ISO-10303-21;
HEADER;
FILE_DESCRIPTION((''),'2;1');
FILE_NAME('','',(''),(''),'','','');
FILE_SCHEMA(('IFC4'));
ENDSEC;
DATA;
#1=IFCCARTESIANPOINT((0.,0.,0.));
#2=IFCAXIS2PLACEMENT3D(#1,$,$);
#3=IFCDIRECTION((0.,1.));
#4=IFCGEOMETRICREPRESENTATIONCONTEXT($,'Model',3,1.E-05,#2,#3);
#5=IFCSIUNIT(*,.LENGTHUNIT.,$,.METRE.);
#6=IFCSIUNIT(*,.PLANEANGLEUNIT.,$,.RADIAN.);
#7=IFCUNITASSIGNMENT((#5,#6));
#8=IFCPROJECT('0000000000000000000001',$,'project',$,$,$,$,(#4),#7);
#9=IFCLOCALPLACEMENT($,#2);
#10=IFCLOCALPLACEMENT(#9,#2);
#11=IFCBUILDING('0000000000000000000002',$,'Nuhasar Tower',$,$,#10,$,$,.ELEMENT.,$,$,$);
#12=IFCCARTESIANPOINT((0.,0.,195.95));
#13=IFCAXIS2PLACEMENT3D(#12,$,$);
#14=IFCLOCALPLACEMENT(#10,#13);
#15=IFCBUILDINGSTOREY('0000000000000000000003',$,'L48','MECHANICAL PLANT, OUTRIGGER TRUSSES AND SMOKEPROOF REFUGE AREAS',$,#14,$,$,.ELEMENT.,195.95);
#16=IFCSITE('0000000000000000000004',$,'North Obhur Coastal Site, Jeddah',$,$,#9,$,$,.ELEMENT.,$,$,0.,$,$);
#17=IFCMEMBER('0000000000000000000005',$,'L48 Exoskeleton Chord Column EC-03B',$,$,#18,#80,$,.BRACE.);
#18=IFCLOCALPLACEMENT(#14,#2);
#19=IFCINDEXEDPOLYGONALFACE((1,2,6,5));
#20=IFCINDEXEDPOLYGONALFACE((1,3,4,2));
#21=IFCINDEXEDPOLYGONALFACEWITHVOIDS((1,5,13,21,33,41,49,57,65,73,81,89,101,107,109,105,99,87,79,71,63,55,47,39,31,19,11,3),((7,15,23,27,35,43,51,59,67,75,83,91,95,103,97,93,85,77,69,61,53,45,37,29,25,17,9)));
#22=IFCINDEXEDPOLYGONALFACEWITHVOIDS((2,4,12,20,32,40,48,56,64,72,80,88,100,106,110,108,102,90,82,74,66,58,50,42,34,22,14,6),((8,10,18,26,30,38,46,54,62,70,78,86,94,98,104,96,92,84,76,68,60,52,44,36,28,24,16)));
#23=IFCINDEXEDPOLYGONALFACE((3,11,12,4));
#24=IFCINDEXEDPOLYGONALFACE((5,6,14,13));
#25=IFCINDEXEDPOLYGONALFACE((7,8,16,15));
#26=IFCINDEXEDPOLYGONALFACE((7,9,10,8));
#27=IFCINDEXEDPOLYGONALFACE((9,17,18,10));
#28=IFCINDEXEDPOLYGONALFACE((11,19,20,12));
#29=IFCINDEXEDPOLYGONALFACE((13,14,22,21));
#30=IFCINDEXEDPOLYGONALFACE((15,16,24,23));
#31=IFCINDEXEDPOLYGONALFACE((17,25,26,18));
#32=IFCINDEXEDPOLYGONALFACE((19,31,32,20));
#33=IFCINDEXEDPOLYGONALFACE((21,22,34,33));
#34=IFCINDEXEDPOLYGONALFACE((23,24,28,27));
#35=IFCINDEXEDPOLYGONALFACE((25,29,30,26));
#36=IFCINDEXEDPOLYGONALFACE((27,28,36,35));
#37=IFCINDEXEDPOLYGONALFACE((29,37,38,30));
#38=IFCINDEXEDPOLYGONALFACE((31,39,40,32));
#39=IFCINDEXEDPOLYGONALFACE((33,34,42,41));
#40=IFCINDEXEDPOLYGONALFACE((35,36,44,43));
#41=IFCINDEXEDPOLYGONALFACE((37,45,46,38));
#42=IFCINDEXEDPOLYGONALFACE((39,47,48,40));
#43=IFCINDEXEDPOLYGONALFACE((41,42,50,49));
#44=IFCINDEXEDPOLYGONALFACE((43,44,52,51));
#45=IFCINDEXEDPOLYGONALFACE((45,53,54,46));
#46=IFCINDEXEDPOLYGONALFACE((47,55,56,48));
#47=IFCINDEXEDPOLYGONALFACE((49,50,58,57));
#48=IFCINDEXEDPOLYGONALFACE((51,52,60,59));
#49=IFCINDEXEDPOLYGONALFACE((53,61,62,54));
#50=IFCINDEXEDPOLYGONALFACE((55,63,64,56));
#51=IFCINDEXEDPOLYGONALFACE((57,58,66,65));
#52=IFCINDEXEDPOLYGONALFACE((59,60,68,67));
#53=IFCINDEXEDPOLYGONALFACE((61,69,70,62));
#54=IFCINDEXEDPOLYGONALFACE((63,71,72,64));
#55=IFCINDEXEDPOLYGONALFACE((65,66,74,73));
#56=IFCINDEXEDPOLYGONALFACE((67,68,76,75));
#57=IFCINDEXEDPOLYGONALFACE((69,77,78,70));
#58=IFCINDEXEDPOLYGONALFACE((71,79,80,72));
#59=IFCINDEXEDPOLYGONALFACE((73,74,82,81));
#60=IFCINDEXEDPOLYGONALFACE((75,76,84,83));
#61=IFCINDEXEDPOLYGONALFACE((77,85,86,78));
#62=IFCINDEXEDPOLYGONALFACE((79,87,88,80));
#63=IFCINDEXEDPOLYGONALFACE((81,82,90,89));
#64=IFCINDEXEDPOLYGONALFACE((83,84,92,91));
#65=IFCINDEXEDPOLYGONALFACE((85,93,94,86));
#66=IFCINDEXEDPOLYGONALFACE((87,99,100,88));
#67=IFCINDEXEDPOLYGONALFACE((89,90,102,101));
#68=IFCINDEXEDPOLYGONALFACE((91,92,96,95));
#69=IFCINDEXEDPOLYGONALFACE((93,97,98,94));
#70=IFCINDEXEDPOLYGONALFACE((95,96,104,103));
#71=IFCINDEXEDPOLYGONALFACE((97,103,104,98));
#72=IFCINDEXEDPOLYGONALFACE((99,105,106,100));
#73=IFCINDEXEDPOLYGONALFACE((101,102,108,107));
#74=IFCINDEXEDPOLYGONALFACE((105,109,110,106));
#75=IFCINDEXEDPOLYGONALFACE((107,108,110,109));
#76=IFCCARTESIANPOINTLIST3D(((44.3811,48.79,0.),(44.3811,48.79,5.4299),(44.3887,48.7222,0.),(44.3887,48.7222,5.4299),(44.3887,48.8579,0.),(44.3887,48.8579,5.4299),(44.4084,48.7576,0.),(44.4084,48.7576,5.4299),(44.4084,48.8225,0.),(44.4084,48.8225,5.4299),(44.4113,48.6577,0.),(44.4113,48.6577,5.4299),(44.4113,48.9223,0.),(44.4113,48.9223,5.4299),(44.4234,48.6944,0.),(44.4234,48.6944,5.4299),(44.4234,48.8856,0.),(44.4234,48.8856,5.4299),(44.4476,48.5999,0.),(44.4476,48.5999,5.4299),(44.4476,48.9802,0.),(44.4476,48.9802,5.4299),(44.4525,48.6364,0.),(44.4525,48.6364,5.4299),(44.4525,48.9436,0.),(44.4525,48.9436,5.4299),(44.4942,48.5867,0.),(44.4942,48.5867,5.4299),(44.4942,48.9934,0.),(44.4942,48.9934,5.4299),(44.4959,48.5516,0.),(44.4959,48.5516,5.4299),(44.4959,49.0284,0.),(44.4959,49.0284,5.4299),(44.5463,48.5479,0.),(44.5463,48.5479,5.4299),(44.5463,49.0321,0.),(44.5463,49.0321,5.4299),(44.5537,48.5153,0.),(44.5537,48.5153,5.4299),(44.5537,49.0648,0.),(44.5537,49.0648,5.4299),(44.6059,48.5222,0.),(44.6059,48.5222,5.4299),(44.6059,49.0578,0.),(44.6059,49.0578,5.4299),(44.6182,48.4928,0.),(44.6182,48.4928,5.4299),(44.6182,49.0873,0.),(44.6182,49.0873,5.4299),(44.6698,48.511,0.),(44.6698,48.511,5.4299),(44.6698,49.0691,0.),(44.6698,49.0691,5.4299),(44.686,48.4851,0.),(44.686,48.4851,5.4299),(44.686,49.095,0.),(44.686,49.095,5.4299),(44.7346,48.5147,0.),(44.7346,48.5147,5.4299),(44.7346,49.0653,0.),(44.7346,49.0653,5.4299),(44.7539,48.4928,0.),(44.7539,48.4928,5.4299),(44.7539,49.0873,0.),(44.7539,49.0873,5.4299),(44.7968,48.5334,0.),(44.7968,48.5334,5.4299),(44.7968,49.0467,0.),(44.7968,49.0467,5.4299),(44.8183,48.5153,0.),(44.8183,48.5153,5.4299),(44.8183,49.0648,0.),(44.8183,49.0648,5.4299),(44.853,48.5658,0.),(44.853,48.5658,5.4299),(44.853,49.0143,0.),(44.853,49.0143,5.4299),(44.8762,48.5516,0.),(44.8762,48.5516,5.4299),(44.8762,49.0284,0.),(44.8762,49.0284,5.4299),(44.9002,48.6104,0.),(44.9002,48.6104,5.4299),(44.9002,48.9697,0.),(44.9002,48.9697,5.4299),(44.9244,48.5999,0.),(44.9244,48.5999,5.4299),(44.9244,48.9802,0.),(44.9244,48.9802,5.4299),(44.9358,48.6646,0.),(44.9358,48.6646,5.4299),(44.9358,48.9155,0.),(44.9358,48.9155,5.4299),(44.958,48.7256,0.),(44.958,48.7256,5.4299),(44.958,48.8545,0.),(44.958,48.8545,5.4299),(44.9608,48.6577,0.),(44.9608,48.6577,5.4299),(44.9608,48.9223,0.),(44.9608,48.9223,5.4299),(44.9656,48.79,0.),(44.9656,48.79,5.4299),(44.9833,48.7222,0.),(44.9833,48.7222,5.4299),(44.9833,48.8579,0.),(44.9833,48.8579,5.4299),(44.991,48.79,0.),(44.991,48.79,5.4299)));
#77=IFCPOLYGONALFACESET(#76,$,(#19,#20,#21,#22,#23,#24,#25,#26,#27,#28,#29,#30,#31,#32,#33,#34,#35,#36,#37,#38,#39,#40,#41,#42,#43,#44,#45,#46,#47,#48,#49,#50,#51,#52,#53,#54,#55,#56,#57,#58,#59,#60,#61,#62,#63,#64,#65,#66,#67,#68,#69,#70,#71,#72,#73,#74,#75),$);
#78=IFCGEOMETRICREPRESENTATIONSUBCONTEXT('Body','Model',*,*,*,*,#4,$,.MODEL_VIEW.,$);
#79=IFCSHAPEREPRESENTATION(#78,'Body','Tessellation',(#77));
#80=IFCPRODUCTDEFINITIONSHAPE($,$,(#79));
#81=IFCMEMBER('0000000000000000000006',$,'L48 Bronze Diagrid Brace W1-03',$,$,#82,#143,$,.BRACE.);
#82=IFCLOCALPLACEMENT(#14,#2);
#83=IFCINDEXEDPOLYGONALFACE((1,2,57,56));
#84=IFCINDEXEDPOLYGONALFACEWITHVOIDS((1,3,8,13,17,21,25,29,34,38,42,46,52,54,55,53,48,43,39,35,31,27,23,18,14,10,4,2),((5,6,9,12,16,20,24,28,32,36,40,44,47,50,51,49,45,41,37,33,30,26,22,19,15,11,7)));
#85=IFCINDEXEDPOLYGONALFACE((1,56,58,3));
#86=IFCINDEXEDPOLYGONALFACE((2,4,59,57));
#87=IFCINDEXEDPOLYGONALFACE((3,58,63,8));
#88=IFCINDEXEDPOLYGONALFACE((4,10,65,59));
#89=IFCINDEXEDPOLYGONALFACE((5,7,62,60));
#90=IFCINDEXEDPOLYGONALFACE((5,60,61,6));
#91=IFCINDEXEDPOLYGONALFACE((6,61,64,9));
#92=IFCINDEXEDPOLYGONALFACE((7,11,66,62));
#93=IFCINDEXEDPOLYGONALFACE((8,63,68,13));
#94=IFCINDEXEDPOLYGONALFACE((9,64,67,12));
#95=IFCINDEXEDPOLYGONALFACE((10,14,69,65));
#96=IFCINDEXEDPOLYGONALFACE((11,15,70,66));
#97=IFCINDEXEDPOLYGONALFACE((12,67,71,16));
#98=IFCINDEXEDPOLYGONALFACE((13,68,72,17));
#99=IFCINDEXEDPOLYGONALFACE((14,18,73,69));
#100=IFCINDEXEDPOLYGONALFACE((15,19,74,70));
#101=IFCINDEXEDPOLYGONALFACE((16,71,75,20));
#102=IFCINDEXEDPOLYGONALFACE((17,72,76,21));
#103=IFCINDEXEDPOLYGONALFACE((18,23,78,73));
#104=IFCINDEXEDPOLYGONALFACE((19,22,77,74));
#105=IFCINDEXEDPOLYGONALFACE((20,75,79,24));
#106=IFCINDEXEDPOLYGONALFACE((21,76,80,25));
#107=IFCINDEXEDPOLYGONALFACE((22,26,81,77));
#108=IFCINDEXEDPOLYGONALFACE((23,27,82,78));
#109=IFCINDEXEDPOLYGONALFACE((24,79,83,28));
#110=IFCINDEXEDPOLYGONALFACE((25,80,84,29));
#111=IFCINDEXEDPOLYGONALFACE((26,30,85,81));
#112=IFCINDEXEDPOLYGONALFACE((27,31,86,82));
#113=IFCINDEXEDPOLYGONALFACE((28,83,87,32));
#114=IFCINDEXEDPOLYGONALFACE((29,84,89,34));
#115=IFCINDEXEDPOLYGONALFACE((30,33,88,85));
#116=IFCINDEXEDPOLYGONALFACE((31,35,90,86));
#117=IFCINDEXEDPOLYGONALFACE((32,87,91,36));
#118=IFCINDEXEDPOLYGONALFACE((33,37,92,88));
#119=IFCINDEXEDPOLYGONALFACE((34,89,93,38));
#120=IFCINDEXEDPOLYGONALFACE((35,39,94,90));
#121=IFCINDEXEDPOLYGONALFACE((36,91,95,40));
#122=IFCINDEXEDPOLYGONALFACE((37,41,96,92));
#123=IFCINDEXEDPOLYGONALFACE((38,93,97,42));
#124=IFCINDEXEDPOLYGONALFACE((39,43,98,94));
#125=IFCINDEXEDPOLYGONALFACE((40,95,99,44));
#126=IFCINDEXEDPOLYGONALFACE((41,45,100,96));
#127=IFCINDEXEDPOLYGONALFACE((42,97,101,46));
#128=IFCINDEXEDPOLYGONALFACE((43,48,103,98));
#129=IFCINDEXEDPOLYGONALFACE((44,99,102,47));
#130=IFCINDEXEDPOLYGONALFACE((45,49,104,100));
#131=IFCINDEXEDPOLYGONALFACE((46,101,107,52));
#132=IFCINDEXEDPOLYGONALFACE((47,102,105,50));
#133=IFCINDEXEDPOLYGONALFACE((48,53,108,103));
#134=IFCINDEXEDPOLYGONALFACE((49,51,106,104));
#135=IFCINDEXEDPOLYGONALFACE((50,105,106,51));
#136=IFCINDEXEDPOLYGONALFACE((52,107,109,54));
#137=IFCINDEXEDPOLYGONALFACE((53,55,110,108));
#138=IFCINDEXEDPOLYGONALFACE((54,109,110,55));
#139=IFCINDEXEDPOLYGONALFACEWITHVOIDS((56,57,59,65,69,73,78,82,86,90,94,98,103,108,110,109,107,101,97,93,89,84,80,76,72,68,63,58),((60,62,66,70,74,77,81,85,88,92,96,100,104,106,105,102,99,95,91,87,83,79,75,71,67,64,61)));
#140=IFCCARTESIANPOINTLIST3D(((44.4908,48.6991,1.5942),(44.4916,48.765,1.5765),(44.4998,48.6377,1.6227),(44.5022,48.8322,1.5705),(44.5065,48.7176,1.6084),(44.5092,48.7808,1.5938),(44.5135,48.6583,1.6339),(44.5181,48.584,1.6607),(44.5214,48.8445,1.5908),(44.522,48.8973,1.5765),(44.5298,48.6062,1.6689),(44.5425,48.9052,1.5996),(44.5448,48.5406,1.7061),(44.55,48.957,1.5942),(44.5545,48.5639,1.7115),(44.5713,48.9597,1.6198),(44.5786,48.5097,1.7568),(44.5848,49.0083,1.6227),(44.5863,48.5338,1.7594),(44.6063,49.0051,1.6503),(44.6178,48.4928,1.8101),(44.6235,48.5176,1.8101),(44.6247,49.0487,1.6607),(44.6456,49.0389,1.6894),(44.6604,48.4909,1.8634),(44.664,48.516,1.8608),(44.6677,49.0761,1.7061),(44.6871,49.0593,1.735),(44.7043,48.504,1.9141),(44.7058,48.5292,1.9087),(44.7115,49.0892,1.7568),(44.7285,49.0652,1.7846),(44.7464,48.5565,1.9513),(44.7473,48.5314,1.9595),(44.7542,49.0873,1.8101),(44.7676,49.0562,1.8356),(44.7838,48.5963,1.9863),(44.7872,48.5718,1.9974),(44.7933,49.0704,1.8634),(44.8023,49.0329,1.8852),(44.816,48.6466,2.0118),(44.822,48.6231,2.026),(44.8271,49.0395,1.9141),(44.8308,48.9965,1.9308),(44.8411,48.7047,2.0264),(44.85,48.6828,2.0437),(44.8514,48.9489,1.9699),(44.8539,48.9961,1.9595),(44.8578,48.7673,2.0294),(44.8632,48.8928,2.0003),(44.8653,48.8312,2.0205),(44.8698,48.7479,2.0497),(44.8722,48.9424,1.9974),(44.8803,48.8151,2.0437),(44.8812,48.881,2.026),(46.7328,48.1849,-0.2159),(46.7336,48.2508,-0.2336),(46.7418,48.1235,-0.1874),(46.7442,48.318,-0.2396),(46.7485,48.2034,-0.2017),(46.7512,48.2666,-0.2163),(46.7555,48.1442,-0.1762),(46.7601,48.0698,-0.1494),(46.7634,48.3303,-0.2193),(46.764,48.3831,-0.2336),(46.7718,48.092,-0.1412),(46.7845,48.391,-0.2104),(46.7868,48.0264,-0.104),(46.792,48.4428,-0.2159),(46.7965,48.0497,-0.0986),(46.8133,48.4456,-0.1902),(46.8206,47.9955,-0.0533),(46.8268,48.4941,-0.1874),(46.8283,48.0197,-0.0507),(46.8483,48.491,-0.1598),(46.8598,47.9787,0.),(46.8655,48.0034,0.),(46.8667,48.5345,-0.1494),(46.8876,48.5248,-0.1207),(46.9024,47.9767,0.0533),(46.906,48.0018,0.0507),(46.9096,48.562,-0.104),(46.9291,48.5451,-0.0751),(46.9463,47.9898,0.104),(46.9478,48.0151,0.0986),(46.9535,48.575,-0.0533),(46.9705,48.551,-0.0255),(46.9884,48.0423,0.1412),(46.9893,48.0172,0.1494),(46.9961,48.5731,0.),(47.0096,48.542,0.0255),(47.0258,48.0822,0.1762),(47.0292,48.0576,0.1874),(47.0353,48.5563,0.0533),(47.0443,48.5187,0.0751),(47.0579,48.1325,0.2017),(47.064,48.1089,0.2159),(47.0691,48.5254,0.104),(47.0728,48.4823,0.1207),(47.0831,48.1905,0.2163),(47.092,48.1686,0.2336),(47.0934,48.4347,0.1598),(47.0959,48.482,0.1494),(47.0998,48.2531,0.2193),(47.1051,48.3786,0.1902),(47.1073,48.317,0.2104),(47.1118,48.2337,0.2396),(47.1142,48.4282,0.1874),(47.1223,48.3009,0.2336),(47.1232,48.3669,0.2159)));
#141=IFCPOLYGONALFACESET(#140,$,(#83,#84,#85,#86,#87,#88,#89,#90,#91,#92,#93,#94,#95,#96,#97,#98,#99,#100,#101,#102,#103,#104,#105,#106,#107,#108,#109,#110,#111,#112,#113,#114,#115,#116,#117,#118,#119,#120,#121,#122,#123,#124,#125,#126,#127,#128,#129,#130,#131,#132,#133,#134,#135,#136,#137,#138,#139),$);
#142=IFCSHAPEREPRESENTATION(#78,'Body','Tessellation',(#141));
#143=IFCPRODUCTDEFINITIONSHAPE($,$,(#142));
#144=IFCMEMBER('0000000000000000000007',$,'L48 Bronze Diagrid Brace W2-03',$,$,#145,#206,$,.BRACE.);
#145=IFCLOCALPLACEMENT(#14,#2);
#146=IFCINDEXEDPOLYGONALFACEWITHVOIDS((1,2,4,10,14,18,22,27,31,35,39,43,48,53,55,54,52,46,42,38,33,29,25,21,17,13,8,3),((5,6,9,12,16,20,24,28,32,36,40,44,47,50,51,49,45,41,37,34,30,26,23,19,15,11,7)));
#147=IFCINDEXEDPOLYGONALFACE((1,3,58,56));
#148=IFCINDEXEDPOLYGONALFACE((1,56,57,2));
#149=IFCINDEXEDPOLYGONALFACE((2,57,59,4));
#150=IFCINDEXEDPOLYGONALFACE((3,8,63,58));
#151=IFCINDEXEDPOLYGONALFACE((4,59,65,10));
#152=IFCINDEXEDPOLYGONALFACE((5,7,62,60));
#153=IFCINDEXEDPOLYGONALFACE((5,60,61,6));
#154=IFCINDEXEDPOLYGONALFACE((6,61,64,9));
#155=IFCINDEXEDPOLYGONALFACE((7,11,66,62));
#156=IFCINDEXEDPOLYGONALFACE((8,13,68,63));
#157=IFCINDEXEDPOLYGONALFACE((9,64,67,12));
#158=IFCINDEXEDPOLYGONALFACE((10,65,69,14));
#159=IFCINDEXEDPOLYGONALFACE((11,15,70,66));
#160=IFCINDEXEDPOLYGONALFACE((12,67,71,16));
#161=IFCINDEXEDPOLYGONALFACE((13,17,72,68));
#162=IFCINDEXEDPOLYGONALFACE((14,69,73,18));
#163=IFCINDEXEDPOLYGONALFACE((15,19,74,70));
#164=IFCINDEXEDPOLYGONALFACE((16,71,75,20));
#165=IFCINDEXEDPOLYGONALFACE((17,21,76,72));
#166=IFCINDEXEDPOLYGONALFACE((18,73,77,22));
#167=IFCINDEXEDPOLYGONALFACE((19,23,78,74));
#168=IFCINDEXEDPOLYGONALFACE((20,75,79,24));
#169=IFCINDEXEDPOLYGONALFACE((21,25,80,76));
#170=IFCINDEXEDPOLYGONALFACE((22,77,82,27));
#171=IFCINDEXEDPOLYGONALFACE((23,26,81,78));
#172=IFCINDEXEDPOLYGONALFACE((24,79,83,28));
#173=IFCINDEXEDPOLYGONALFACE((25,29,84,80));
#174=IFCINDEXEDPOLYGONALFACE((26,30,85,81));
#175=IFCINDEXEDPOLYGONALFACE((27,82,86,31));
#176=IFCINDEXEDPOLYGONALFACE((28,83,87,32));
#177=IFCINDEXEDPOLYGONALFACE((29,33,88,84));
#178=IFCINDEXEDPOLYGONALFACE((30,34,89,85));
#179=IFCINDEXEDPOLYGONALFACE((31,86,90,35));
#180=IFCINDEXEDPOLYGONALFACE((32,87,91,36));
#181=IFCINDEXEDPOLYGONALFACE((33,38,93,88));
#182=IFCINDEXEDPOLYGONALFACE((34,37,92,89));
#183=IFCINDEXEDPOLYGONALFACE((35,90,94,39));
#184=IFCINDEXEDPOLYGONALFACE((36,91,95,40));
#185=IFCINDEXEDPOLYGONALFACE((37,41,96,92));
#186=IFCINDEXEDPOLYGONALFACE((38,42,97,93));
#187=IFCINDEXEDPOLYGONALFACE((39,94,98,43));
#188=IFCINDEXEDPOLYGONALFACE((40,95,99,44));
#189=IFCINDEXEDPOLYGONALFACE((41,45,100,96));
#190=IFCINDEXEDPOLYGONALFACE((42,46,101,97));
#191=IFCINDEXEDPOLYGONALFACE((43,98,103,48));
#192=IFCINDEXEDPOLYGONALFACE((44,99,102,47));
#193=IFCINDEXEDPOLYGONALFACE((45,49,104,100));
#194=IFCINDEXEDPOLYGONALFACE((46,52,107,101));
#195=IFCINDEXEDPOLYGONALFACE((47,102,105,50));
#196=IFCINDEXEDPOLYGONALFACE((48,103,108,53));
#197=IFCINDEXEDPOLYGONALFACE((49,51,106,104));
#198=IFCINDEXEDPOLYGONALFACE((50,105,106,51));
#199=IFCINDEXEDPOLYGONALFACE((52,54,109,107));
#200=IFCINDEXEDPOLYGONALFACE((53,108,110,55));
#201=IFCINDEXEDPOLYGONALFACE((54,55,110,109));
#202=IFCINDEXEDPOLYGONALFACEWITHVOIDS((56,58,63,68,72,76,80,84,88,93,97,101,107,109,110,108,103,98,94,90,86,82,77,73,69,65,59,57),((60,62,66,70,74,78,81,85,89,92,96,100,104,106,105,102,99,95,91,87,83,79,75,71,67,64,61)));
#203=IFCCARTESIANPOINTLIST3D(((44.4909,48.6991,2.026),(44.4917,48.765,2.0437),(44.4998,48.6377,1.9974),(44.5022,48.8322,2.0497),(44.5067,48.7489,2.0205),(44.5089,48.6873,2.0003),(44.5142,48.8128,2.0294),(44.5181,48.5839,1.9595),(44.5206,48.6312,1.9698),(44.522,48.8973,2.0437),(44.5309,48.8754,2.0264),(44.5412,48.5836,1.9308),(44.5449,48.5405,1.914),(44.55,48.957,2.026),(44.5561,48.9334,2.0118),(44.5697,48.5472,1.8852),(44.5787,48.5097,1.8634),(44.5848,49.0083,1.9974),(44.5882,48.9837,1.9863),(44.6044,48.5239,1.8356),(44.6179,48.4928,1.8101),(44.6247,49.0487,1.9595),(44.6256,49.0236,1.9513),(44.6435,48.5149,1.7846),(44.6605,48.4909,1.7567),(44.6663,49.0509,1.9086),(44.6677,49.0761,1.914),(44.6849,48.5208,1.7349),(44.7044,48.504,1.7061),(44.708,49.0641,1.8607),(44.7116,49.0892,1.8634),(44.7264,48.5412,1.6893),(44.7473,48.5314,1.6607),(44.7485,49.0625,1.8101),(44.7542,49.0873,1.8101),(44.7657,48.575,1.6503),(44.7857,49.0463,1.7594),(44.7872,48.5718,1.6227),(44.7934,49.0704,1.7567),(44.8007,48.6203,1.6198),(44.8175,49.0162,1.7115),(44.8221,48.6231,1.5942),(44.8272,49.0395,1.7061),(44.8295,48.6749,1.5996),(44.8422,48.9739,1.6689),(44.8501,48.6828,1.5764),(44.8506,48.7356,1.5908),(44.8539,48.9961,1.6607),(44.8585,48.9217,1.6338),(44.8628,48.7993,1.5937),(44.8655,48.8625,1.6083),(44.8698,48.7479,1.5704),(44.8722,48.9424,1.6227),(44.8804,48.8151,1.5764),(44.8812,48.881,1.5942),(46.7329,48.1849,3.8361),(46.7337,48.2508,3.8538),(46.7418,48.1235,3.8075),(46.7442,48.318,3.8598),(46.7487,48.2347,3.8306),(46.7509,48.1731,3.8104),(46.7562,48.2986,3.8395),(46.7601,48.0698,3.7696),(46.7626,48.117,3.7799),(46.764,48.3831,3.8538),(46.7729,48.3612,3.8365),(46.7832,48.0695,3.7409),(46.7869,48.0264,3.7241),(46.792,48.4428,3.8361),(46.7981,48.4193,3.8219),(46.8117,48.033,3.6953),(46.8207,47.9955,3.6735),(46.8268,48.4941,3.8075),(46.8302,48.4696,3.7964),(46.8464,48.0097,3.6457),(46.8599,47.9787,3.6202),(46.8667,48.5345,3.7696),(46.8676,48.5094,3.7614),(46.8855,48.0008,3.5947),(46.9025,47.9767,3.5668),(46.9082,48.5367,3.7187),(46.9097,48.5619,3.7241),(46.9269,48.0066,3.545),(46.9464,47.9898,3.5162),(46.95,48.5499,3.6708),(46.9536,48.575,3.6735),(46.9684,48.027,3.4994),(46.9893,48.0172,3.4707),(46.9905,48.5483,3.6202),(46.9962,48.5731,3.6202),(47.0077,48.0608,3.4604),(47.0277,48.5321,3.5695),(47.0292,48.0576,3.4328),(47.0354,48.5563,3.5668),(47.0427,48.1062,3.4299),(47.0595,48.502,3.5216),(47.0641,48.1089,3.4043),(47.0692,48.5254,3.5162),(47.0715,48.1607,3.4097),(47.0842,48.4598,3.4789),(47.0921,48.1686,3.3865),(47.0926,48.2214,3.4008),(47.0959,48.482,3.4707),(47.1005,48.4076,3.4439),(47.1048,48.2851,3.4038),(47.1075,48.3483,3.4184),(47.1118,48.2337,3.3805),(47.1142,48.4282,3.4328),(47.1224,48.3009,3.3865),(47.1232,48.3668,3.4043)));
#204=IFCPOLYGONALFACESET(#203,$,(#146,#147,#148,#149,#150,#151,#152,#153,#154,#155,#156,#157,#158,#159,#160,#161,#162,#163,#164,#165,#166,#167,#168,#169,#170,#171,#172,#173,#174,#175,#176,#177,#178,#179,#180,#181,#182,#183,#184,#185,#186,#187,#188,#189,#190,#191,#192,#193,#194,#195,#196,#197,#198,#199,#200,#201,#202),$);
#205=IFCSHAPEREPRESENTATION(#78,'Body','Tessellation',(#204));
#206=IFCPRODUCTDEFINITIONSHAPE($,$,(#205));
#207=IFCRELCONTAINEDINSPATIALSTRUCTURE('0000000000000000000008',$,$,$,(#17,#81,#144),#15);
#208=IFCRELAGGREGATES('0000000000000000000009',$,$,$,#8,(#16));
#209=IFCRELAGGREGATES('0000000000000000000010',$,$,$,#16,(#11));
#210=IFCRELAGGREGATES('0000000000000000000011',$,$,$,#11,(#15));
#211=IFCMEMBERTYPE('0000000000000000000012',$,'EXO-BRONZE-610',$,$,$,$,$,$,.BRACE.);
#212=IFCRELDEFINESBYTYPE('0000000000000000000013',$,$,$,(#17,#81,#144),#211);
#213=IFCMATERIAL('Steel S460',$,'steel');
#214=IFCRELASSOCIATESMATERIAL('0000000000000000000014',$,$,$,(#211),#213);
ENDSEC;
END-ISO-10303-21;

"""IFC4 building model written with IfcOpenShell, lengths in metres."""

from ifc_helpers import new_model, si_unit, direction, frame, origin, origin_2d, place, context, subcontext, project, spatial, hollow_circle, extrude, material, material_profile, profile_set, type_object, element, save


model = new_model("IFC4")

# Units and contexts
model_context = context("Model", 3, precision=1e-05, world=origin(), true_north=direction((0.0, 1.0)))
body_context = subcontext(model_context, "Body", "Model", "MODEL_VIEW")
ifc_project = project(units=[si_unit("LENGTHUNIT", "METRE"), si_unit("PLANEANGLEUNIT", "RADIAN")], contexts=[model_context])

# Site, building, storey
site_placement = place(None, origin())
site = spatial("IfcSite", under=ifc_project, at=site_placement, Name="North Obhur Coastal Site, Jeddah", CompositionType="ELEMENT", RefElevation=0.0)
building_placement = place(site_placement, origin())
building = spatial("IfcBuilding", under=site, at=building_placement, Name="Nuhasar Tower", CompositionType="ELEMENT")
storey_placement = place(building_placement, frame((0.0, 0.0, 195.95)))
storey = spatial("IfcBuildingStorey", under=building, at=storey_placement, Name="L48", Description="MECHANICAL PLANT, OUTRIGGER TRUSSES AND SMOKEPROOF REFUGE AREAS", CompositionType="ELEMENT", Elevation=195.95)

# Shared definitions
ifc_material_1 = material(Name="Steel S460", Category="steel")

# Members
ifc_material_profile_1 = material_profile(ifc_material_1, hollow_circle(Radius=0.3049, WallThickness=0.0254, at=origin_2d()), Name="HSS610X25.4")
ifc_profile_set_1 = profile_set([ifc_material_profile_1], Name="Steel S460")
member_type_1 = type_object("IfcMemberType", Name="EXO-BRONZE-610", PredefinedType="BRACE", material=ifc_profile_set_1)
for number, where, z_axis, x_axis, name in (
    (1, (44.686, 48.79, 0.0), (0.0, 0.0, 1.0), (1.0, 0.0, 0.0), "L48 Exoskeleton Chord Column EC-03B"),
):
    element("IfcMember", number, at=place(storey_placement, frame(where, z_axis=z_axis, x_axis=x_axis)), inside=storey, type_object=member_type_1, Name=name, PredefinedType="BRACE", context=body_context, shape_type="SweptSolid", body=[
        extrude(hollow_circle(Radius=0.3049, WallThickness=0.0254, at=origin_2d()), origin(), (0.0, 0.0, 1.0), 5.4299),
    ])
for number, where, z_axis, x_axis, name in (
    (2, (46.928, 48.2759, 0.0), (-0.765968, 0.175665, 0.618413), (-0.223534, -0.974696, 0.0), "L48 Bronze Diagrid Brace W1-03"),
    (3, (44.686, 48.79, 1.8101), (0.765968, -0.175665, 0.618413), (0.223534, 0.974696, 0.0), "L48 Bronze Diagrid Brace W2-03"),
):
    element("IfcMember", number, at=place(storey_placement, frame(where, z_axis=z_axis, x_axis=x_axis)), inside=storey, type_object=member_type_1, Name=name, PredefinedType="BRACE", context=body_context, shape_type="SweptSolid", body=[
        extrude(hollow_circle(Radius=0.3049, WallThickness=0.0254, at=origin_2d()), origin(), (0.0, 0.0, 1.0), 2.927),
    ])

save(model, "model.ifc")
